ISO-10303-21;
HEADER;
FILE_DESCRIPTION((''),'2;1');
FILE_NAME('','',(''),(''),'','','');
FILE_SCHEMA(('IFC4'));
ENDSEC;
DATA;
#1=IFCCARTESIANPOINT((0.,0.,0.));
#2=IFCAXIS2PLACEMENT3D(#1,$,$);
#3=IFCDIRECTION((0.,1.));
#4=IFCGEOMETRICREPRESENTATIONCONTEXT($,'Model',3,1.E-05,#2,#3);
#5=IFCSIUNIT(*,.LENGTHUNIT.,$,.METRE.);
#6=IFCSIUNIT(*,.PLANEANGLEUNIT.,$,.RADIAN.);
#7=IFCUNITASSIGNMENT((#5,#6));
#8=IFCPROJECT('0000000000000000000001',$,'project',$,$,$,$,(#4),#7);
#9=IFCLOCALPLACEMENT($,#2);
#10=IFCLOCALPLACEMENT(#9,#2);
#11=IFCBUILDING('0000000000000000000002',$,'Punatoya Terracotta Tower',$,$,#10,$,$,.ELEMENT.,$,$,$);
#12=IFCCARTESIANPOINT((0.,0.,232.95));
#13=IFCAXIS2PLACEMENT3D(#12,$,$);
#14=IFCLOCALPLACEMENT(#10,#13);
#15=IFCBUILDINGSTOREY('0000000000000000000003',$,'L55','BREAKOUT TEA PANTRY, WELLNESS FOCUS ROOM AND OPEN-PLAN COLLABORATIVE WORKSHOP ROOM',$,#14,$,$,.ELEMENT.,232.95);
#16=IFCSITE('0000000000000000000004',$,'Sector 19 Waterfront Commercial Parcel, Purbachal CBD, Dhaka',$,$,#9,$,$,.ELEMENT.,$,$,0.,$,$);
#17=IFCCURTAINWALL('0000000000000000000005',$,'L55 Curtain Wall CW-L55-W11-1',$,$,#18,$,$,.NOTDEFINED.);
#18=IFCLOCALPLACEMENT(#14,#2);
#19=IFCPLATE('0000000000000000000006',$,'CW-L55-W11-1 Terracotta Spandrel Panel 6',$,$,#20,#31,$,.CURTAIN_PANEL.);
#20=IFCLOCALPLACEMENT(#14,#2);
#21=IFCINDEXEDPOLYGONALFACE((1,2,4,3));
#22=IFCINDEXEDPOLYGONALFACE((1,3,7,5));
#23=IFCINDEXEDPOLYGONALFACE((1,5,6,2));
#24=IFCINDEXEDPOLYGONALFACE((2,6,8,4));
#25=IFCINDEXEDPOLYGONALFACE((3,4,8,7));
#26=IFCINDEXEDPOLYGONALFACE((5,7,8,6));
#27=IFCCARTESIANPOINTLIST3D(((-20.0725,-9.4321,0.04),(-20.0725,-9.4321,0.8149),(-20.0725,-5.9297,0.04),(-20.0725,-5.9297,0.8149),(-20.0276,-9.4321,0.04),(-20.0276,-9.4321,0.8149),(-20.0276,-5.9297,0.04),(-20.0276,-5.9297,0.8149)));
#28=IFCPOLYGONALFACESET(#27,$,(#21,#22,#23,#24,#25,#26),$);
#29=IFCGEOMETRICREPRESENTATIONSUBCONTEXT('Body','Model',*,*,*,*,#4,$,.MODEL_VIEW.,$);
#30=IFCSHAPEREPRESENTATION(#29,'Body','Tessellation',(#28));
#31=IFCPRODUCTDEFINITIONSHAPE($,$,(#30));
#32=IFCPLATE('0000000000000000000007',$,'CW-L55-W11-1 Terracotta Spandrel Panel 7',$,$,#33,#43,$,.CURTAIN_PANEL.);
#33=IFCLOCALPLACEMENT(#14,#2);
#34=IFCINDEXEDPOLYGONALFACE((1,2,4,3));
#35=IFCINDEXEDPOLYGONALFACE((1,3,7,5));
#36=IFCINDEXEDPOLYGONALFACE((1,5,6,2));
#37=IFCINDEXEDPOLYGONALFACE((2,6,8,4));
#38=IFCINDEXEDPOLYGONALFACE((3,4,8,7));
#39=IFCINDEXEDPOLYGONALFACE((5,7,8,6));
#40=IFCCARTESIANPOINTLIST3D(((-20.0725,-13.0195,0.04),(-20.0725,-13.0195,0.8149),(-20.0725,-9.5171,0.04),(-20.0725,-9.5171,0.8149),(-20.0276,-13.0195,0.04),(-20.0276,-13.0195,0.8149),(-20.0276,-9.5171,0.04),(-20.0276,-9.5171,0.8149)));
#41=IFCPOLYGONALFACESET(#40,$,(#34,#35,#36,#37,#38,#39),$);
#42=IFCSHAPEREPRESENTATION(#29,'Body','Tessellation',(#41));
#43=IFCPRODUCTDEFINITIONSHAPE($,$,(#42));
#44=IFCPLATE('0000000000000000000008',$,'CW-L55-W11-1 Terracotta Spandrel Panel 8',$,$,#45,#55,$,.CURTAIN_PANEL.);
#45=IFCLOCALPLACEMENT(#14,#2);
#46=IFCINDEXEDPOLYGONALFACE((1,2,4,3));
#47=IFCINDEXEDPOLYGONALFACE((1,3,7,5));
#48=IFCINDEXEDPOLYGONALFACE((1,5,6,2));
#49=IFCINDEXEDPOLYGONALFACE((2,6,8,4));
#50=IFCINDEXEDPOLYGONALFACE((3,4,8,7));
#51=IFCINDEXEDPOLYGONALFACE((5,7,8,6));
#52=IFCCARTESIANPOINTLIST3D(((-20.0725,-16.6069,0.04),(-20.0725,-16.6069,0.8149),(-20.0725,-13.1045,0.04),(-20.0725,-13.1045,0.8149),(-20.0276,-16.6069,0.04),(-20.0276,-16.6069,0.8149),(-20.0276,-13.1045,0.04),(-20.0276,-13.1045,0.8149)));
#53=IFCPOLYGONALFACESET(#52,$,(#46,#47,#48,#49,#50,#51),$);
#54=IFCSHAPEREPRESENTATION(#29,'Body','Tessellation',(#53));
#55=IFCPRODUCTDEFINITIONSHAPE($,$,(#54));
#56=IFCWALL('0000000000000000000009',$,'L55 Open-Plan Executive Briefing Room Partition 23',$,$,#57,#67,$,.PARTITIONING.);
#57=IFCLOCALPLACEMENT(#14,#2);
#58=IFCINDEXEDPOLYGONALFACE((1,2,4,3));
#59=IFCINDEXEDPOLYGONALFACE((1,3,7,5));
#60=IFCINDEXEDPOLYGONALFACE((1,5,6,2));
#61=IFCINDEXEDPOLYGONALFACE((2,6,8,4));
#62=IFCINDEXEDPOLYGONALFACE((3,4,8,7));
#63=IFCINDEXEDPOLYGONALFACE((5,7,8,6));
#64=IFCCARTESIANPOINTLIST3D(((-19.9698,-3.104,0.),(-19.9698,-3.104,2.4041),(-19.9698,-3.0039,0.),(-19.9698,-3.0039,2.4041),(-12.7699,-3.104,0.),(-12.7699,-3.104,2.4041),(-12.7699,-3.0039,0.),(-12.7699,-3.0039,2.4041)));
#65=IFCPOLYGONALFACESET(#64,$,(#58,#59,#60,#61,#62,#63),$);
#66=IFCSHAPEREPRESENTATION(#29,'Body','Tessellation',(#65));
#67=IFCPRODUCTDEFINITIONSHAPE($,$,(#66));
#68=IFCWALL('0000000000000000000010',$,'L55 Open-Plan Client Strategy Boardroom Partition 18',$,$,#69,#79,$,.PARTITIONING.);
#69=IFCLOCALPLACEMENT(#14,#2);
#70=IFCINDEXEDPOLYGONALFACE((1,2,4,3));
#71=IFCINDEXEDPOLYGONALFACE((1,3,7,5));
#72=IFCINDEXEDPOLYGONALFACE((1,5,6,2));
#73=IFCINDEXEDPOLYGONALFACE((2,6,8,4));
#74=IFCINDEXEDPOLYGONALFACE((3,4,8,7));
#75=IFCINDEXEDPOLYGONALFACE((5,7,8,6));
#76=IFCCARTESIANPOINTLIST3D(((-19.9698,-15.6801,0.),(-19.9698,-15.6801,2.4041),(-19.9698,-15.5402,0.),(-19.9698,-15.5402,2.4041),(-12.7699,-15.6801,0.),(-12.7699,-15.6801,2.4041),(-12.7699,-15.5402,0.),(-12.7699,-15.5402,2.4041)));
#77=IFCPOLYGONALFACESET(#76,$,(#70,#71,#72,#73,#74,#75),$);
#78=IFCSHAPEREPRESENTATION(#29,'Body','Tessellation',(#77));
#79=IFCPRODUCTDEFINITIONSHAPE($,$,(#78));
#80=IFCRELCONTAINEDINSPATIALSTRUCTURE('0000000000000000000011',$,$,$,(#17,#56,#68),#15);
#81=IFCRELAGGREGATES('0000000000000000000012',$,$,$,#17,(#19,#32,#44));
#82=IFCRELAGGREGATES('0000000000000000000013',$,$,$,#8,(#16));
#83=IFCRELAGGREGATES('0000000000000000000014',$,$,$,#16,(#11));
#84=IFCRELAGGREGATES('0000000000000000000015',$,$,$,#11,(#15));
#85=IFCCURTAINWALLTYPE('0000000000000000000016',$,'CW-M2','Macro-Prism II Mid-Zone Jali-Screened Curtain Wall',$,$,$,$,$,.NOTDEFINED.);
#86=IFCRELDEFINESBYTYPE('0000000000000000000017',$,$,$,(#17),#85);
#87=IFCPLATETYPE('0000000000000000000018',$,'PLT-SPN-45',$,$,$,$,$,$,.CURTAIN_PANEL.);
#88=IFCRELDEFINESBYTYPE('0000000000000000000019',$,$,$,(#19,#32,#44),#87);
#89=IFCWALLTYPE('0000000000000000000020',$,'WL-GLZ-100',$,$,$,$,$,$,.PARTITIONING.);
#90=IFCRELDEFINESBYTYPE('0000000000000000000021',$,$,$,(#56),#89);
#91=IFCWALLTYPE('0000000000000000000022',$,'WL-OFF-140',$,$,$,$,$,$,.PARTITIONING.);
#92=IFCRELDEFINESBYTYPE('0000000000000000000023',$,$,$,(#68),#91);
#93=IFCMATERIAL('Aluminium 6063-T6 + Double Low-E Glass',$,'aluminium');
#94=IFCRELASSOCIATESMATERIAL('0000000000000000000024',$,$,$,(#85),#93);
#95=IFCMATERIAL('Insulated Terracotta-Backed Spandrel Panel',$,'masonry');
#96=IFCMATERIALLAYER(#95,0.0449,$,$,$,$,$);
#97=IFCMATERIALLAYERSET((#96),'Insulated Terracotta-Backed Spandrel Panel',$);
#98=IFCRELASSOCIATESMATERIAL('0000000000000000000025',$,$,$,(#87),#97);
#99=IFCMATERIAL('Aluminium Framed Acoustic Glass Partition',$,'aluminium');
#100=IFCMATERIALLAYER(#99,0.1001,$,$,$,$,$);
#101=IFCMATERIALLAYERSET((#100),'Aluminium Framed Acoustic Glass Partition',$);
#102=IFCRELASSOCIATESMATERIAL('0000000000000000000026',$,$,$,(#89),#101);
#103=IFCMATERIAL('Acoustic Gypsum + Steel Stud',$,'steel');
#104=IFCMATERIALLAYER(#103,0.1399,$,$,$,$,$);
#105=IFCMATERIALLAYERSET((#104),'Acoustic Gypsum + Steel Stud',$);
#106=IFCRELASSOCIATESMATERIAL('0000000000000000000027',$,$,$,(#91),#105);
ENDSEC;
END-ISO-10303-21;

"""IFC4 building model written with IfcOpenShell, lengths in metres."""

from ifc_helpers import new_model, si_unit, direction, frame, frame_2d, origin, origin_2d, place, context, subcontext, project, spatial, rectangle, extrude, material, layer, layer_set, type_object, element, aggregate, save


model = new_model("IFC4")

# Units and contexts
model_context = context("Model", 3, precision=1e-05, world=origin(), true_north=direction((0.0, 1.0)))
body_context = subcontext(model_context, "Body", "Model", "MODEL_VIEW")
ifc_project = project(units=[si_unit("LENGTHUNIT", "METRE"), si_unit("PLANEANGLEUNIT", "RADIAN")], contexts=[model_context])

# Site, building, storey
site_placement = place(None, origin())
site = spatial("IfcSite", under=ifc_project, at=site_placement, Name="Sector 19 Waterfront Commercial Parcel, Purbachal CBD, Dhaka", CompositionType="ELEMENT", RefElevation=0.0)
building_placement = place(site_placement, origin())
building = spatial("IfcBuilding", under=site, at=building_placement, Name="Punatoya Terracotta Tower", CompositionType="ELEMENT")
storey_placement = place(building_placement, frame((0.0, 0.0, 232.95)))
storey = spatial("IfcBuildingStorey", under=building, at=storey_placement, Name="L55", Description="BREAKOUT TEA PANTRY, WELLNESS FOCUS ROOM AND OPEN-PLAN COLLABORATIVE WORKSHOP ROOM", CompositionType="ELEMENT", Elevation=232.95)

# Curtain wall, plates
ifc_material_1 = material(Name="Aluminium 6063-T6 + Double Low-E Glass", Category="aluminium")
curtain_wall_type = type_object("IfcCurtainWallType", Name="CW-M2", Description="Macro-Prism II Mid-Zone Jali-Screened Curtain Wall", PredefinedType="NOTDEFINED", material=ifc_material_1)
curtain_wall_placement = place(storey_placement, origin())
curtain_wall = element("IfcCurtainWall", 1, at=curtain_wall_placement, inside=storey, type_object=curtain_wall_type, Name="L55 Curtain Wall CW-L55-W11-1", PredefinedType="NOTDEFINED")
ifc_material_2 = material(Name="Insulated Terracotta-Backed Spandrel Panel", Category="masonry")
ifc_layer_1 = layer(ifc_material_2, 0.0449)
ifc_layer_set_1 = layer_set([ifc_layer_1], Name="Insulated Terracotta-Backed Spandrel Panel")
plate_type_1 = type_object("IfcPlateType", Name="PLT-SPN-45", PredefinedType="CURTAIN_PANEL", material=ifc_layer_set_1)
plate_1_placement = place(storey_placement, frame((-20.05, -7.6809, 0.04), z_axis=(0.0, 0.0, 1.0), x_axis=(0.0, -1.0, 0.0)))
plate_1 = element("IfcPlate", 2, at=plate_1_placement, type_object=plate_type_1, Name="CW-L55-W11-1 Terracotta Spandrel Panel 6", PredefinedType="CURTAIN_PANEL", context=body_context, shape_type="SweptSolid", body=[
    extrude(rectangle(XDim=3.5024, YDim=0.0449, at=origin_2d()), origin(), (0.0, 0.0, 1.0), 0.7749),
])
plate_2_placement = place(storey_placement, frame((-20.05, -11.2683, 0.04), z_axis=(0.0, 0.0, 1.0), x_axis=(0.0, -1.0, 0.0)))
plate_2 = element("IfcPlate", 3, at=plate_2_placement, type_object=plate_type_1, Name="CW-L55-W11-1 Terracotta Spandrel Panel 7", PredefinedType="CURTAIN_PANEL", context=body_context, shape_type="SweptSolid", body=[
    extrude(rectangle(XDim=3.5024, YDim=0.0449, at=origin_2d()), origin(), (0.0, 0.0, 1.0), 0.7749),
])
plate_3_placement = place(storey_placement, frame((-20.05, -14.8557, 0.04), z_axis=(0.0, 0.0, 1.0), x_axis=(0.0, -1.0, 0.0)))
plate_3 = element("IfcPlate", 4, at=plate_3_placement, type_object=plate_type_1, Name="CW-L55-W11-1 Terracotta Spandrel Panel 8", PredefinedType="CURTAIN_PANEL", context=body_context, shape_type="SweptSolid", body=[
    extrude(rectangle(XDim=3.5024, YDim=0.0449, at=origin_2d()), origin(), (0.0, 0.0, 1.0), 0.7749),
])
aggregate(curtain_wall, [plate_1, plate_2, plate_3])

# Walls
ifc_material_3 = material(Name="Aluminium Framed Acoustic Glass Partition", Category="aluminium")
ifc_layer_2 = layer(ifc_material_3, 0.1001)
ifc_layer_set_2 = layer_set([ifc_layer_2], Name="Aluminium Framed Acoustic Glass Partition")
wall_type_1 = type_object("IfcWallType", Name="WL-GLZ-100", PredefinedType="PARTITIONING", material=ifc_layer_set_2)
wall_1_placement = place(storey_placement, frame((-19.97, -3.054, 0.0), z_axis=(0.0, 0.0, 1.0), x_axis=(1.0, 0.0, 0.0)))
element("IfcWall", 5, at=wall_1_placement, inside=storey, type_object=wall_type_1, Name="L55 Open-Plan Executive Briefing Room Partition 23", PredefinedType="PARTITIONING", context=body_context, shape_type="SweptSolid", body=[
    extrude(rectangle(XDim=7.2, YDim=0.1001, at=frame_2d((3.6001, 0.0))), origin(), (0.0, 0.0, 1.0), 2.4041),
])
ifc_material_4 = material(Name="Acoustic Gypsum + Steel Stud", Category="steel")
ifc_layer_3 = layer(ifc_material_4, 0.1399)
ifc_layer_set_3 = layer_set([ifc_layer_3], Name="Acoustic Gypsum + Steel Stud")
wall_type_2 = type_object("IfcWallType", Name="WL-OFF-140", PredefinedType="PARTITIONING", material=ifc_layer_set_3)
wall_2_placement = place(storey_placement, frame((-19.97, -15.6101, 0.0), z_axis=(0.0, 0.0, 1.0), x_axis=(1.0, 0.0, 0.0)))
element("IfcWall", 6, at=wall_2_placement, inside=storey, type_object=wall_type_2, Name="L55 Open-Plan Client Strategy Boardroom Partition 18", PredefinedType="PARTITIONING", context=body_context, shape_type="SweptSolid", body=[
    extrude(rectangle(XDim=7.2, YDim=0.1399, at=frame_2d((3.6001, 0.0))), origin(), (0.0, 0.0, 1.0), 2.4041),
])

save(model, "model.ifc")
